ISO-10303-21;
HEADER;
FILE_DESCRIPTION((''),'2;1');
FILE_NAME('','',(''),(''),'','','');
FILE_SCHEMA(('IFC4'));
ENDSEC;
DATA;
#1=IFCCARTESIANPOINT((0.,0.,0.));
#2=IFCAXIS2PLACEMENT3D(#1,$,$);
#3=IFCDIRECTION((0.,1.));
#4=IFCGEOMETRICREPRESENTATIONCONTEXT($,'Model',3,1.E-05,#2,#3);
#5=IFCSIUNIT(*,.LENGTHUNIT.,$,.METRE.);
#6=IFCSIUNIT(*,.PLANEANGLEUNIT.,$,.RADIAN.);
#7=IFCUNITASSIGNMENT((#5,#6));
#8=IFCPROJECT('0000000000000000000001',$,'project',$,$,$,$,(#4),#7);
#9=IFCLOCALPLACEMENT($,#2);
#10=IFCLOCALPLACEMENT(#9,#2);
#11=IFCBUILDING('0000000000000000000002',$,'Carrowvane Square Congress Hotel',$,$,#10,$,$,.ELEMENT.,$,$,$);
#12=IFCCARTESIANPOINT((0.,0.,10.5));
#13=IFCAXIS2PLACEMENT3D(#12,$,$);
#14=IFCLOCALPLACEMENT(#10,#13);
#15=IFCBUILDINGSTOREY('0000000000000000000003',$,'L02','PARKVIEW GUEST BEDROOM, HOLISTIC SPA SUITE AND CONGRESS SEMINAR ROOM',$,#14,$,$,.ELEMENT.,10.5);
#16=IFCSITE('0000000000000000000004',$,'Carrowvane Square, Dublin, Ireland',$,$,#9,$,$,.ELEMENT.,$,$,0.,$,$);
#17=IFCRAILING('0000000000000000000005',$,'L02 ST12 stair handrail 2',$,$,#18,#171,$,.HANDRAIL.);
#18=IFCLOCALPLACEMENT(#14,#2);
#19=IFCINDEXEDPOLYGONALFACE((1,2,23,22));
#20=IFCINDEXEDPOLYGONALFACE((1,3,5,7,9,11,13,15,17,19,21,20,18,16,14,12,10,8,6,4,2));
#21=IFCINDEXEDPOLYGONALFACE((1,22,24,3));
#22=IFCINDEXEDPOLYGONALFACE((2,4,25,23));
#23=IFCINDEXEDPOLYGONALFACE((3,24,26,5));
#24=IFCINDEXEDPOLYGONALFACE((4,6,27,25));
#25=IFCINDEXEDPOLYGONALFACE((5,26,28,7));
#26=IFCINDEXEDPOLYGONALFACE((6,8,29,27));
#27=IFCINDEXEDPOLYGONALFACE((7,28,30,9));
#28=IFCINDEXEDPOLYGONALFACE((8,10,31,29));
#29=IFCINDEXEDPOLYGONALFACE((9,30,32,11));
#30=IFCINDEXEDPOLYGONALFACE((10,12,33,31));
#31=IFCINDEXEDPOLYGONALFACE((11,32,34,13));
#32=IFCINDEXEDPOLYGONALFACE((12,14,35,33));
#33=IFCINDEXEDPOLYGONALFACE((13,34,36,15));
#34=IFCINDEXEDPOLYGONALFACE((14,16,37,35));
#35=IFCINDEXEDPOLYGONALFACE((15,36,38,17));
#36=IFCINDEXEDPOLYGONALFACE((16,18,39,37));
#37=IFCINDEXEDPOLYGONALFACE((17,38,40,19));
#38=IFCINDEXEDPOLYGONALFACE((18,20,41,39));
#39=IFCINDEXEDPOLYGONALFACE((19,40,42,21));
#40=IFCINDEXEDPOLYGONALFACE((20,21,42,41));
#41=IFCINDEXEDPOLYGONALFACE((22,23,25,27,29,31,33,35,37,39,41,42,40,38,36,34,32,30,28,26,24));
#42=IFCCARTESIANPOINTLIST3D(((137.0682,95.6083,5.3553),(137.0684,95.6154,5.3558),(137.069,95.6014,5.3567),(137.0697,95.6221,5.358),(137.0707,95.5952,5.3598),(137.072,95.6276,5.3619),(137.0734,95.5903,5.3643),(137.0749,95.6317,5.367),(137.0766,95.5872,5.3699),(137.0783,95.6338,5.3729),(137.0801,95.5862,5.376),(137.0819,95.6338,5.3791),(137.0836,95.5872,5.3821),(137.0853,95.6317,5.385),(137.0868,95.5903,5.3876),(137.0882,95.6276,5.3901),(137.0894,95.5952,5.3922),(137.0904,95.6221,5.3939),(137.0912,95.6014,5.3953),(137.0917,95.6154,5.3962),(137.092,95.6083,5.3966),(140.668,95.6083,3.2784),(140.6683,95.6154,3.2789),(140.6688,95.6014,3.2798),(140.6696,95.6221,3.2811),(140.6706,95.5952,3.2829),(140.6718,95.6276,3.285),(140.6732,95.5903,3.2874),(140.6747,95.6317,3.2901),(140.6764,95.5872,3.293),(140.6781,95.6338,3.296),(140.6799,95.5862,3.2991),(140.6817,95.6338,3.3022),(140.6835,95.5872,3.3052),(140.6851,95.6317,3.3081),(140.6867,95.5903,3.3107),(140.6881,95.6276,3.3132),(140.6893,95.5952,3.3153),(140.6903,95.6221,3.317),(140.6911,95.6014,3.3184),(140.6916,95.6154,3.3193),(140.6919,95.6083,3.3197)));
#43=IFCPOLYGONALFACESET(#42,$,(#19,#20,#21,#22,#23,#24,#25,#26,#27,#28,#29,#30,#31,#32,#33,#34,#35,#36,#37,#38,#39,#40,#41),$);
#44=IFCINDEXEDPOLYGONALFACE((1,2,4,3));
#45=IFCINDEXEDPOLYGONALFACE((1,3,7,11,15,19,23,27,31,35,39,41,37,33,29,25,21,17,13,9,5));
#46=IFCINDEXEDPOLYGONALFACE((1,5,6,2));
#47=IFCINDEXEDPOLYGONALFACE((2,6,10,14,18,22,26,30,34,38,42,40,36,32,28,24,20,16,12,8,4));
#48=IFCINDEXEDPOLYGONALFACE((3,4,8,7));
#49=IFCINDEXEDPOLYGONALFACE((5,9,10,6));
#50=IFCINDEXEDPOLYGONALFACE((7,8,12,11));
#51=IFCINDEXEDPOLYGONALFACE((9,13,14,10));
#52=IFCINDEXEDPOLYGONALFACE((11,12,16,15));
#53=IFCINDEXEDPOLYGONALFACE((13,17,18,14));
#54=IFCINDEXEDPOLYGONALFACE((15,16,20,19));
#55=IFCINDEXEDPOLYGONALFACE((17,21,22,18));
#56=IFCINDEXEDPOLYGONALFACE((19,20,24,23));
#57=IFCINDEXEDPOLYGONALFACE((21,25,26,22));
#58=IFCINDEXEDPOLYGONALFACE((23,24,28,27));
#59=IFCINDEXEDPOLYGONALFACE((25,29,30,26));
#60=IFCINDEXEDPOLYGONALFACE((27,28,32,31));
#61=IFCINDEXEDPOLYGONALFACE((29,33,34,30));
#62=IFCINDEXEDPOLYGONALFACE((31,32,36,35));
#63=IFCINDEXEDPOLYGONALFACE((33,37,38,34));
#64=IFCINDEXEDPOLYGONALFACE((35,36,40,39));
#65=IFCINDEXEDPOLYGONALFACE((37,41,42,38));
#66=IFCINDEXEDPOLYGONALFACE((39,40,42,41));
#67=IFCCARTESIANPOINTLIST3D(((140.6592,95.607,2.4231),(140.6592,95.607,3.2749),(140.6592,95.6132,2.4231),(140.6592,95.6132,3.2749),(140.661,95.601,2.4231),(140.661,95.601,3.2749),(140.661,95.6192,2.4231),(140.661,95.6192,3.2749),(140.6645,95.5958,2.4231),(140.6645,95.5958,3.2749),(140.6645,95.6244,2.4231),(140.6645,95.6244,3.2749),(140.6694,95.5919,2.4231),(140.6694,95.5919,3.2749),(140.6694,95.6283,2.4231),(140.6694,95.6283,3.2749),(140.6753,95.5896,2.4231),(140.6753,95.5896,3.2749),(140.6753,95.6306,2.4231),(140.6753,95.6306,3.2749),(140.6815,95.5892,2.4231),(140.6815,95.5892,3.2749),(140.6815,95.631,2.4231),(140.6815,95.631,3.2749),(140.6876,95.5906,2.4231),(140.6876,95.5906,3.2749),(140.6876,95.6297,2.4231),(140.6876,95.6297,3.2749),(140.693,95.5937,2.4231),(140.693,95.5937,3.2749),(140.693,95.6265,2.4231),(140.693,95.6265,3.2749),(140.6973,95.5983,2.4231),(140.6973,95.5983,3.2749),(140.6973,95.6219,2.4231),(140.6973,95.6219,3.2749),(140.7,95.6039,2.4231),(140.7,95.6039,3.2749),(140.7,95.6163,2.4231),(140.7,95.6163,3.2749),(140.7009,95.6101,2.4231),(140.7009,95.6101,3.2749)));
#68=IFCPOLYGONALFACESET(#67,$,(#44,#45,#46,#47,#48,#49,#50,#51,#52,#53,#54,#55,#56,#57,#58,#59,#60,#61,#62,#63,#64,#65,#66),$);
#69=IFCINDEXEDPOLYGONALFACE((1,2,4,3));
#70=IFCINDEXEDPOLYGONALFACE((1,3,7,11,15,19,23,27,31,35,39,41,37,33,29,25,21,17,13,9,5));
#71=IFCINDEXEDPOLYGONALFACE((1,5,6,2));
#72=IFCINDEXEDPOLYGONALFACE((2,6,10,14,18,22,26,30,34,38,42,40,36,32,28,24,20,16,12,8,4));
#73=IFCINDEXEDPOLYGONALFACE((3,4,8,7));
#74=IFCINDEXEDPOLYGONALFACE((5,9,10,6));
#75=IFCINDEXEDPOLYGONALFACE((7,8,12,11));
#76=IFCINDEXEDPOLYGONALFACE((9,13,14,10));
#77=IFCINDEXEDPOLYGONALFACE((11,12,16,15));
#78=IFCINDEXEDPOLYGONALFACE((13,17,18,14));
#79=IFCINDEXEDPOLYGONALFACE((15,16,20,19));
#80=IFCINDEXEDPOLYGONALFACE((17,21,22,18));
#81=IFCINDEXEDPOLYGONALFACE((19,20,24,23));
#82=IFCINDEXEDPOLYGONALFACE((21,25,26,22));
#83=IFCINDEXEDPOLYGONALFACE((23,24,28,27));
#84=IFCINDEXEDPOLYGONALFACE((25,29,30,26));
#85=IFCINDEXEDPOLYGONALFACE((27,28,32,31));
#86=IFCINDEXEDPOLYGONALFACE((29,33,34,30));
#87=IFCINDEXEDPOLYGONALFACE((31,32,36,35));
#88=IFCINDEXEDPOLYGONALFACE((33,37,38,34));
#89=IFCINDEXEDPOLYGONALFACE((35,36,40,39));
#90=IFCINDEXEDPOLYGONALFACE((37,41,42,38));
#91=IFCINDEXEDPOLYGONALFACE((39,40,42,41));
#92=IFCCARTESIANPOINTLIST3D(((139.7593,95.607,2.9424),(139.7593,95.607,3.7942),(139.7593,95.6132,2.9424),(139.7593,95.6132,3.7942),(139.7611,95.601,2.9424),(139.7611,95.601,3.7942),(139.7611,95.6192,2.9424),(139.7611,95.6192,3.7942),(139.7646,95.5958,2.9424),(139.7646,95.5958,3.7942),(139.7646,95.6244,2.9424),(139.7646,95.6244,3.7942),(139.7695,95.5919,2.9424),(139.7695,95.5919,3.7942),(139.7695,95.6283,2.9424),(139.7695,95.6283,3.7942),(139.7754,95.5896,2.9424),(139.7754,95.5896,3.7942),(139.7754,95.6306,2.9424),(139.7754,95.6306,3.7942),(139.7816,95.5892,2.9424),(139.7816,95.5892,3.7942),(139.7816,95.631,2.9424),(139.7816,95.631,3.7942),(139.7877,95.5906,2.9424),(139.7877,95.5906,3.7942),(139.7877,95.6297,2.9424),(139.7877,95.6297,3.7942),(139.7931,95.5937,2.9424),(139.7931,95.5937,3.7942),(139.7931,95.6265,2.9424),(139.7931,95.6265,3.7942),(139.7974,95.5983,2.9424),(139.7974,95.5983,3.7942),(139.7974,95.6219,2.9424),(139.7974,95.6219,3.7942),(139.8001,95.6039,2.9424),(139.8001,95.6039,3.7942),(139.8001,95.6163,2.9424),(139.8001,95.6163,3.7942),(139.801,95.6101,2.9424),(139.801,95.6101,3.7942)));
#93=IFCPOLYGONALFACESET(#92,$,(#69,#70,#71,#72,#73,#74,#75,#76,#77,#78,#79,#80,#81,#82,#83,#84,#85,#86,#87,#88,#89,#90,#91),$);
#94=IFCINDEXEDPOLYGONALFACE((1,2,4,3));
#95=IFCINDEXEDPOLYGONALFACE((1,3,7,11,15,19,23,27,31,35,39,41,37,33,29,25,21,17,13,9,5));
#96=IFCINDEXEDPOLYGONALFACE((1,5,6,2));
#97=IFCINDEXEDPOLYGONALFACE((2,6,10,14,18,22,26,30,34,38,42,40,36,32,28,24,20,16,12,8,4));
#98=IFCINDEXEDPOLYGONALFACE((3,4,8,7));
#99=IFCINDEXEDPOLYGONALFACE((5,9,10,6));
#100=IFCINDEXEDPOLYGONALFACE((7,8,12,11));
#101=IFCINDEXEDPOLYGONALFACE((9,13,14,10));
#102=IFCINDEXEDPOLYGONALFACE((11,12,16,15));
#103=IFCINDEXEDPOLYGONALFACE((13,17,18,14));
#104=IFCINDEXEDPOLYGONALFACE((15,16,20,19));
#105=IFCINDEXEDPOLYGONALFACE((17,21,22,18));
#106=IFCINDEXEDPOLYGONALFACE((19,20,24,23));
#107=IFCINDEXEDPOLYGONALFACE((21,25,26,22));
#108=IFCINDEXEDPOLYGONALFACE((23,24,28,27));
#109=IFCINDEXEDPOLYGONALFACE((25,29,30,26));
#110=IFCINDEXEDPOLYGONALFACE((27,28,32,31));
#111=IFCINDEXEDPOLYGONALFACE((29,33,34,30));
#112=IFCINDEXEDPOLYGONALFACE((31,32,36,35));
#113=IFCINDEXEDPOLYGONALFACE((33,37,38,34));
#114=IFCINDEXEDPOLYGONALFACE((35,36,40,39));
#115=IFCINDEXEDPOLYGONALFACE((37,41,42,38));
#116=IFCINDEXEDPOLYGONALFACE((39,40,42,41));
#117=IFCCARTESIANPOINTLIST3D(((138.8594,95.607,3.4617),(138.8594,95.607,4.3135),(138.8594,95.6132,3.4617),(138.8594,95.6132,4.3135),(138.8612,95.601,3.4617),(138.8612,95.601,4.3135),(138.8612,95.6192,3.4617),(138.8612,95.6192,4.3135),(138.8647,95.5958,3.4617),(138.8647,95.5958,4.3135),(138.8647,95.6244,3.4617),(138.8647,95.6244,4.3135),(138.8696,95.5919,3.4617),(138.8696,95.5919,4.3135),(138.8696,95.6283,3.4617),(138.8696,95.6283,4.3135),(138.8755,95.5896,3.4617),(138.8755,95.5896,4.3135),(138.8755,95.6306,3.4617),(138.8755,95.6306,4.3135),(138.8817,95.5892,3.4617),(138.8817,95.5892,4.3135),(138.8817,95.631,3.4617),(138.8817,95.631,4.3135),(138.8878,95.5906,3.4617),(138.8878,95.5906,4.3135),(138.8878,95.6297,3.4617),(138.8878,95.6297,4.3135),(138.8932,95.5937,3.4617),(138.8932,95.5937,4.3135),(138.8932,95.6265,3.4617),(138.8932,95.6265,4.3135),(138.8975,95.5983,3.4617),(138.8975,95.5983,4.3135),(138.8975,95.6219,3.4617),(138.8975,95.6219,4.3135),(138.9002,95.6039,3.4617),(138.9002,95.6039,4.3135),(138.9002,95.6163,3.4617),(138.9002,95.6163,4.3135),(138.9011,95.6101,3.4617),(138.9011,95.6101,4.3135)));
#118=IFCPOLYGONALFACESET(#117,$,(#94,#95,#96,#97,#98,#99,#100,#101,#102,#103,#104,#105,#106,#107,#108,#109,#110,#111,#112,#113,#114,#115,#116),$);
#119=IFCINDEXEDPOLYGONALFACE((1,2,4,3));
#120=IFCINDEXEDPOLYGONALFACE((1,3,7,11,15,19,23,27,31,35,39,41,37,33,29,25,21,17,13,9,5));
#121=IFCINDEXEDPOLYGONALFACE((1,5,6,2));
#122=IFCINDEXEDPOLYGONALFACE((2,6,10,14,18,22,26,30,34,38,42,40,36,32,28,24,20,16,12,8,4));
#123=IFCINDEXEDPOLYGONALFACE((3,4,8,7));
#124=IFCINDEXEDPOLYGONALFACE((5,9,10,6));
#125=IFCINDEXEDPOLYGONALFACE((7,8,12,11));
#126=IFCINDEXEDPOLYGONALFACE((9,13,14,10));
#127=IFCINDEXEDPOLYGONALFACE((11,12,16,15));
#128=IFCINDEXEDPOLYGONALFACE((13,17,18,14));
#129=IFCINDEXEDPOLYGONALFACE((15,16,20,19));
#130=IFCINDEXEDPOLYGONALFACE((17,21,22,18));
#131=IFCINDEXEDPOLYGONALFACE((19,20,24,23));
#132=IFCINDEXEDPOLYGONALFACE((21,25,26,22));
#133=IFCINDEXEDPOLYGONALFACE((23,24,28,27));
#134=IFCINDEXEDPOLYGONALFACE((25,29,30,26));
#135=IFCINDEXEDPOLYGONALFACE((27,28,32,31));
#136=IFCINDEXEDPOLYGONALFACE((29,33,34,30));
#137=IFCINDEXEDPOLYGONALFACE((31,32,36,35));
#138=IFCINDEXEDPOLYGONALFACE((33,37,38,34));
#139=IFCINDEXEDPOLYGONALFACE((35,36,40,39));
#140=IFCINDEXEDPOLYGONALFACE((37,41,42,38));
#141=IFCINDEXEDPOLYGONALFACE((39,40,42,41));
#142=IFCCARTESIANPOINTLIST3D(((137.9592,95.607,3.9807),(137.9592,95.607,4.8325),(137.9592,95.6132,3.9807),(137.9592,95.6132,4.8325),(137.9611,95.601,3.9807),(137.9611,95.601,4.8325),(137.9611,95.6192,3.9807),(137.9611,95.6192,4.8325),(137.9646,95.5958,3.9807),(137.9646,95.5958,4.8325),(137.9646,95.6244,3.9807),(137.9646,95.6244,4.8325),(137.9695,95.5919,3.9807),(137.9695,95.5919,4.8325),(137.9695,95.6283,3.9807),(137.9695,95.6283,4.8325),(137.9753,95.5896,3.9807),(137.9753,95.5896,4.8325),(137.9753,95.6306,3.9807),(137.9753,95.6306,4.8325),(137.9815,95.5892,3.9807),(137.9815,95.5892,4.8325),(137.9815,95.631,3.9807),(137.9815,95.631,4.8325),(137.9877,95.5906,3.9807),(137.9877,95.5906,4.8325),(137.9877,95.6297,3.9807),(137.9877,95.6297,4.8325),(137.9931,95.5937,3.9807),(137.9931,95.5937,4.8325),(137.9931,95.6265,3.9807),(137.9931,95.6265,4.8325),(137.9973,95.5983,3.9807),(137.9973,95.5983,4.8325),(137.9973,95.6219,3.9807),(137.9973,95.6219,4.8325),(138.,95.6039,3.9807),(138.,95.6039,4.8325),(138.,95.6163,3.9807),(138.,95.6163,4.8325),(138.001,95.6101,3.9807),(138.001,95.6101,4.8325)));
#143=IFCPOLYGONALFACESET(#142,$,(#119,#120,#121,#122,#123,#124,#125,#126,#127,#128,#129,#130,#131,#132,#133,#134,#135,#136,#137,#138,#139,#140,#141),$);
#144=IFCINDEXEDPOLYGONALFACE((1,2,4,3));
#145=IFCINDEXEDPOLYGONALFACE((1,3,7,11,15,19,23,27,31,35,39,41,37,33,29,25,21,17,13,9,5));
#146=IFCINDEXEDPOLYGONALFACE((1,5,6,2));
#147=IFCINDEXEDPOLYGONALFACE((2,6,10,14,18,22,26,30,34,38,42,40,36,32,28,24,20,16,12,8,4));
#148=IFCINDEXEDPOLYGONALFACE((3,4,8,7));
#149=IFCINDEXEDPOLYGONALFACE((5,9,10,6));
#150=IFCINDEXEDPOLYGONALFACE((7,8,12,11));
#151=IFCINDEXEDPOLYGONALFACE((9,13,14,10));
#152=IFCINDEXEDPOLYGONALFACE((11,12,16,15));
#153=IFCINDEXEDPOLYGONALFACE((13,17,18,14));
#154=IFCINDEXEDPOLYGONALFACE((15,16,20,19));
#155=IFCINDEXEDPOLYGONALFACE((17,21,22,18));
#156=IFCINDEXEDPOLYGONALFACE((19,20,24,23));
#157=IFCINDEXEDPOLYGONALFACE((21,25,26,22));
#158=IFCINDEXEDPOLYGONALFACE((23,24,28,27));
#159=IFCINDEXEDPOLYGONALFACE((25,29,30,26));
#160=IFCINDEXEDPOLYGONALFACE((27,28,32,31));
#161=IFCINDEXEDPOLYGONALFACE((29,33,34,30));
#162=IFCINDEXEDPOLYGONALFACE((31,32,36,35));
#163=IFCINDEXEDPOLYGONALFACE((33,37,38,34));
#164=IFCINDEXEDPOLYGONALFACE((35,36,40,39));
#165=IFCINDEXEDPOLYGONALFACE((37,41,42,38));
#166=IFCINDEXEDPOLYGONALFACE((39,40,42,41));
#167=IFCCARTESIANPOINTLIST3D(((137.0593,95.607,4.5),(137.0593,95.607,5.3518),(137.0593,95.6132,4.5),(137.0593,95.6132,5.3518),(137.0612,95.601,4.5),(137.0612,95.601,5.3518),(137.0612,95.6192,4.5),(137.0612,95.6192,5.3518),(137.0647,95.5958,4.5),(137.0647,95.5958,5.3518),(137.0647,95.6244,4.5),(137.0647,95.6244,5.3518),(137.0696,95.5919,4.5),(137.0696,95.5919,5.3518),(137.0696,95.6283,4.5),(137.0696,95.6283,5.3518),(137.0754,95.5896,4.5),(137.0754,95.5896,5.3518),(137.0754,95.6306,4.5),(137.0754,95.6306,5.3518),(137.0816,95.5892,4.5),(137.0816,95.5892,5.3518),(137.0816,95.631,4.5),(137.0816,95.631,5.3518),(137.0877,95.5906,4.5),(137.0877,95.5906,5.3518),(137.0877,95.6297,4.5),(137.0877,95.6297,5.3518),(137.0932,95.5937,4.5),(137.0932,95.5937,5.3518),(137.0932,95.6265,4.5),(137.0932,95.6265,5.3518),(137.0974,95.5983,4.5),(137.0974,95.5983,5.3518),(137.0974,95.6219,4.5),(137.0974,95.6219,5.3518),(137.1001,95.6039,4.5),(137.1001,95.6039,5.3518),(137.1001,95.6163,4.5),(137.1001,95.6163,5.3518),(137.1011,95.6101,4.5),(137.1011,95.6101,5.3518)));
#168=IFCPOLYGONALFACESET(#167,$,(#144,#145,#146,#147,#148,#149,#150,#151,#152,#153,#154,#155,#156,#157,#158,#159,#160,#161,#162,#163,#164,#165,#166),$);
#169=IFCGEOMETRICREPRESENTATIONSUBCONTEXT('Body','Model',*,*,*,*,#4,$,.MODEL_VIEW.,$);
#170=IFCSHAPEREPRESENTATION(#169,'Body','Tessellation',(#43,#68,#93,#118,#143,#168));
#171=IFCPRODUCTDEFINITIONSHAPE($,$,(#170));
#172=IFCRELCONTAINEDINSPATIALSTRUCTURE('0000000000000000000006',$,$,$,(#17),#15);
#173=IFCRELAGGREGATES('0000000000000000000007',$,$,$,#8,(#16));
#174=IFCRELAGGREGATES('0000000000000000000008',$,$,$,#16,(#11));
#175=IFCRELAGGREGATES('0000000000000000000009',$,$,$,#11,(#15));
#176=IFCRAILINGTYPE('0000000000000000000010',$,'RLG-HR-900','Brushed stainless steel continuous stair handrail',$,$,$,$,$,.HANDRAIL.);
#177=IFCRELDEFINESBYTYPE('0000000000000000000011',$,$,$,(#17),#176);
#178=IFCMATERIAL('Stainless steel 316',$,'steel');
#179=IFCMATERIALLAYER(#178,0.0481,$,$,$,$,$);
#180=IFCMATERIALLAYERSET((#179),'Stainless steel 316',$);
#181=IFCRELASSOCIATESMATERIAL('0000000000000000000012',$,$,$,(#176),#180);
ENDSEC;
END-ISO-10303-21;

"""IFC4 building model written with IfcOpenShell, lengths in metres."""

from ifc_helpers import new_model, si_unit, direction, frame, origin, origin_2d, place, context, subcontext, project, spatial, circle, extrude, material, layer, layer_set, type_object, element, save


model = new_model("IFC4")

# Units and contexts
model_context = context("Model", 3, precision=1e-05, world=origin(), true_north=direction((0.0, 1.0)))
body_context = subcontext(model_context, "Body", "Model", "MODEL_VIEW")
ifc_project = project(units=[si_unit("LENGTHUNIT", "METRE"), si_unit("PLANEANGLEUNIT", "RADIAN")], contexts=[model_context])

# Site, building, storey
site_placement = place(None, origin())
site = spatial("IfcSite", under=ifc_project, at=site_placement, Name="Carrowvane Square, Dublin, Ireland", CompositionType="ELEMENT", RefElevation=0.0)
building_placement = place(site_placement, origin())
building = spatial("IfcBuilding", under=site, at=building_placement, Name="Carrowvane Square Congress Hotel", CompositionType="ELEMENT")
storey_placement = place(building_placement, frame((0.0, 0.0, 10.5)))
storey = spatial("IfcBuildingStorey", under=building, at=storey_placement, Name="L02", Description="PARKVIEW GUEST BEDROOM, HOLISTIC SPA SUITE AND CONGRESS SEMINAR ROOM", CompositionType="ELEMENT", Elevation=10.5)

# Railing
ifc_material_1 = material(Name="Stainless steel 316", Category="steel")
ifc_layer_1 = layer(ifc_material_1, 0.0481)
ifc_layer_set_1 = layer_set([ifc_layer_1], Name="Stainless steel 316")
railing_type_1 = type_object("IfcRailingType", Name="RLG-HR-900", Description="Brushed stainless steel continuous stair handrail", PredefinedType="HANDRAIL", material=ifc_layer_set_1)
railing_1_placement = place(storey_placement, frame((140.6799, 95.6101, 2.4231)))
element("IfcRailing", 1, at=railing_1_placement, inside=storey, type_object=railing_type_1, Name="L02 ST12 stair handrail 2", PredefinedType="HANDRAIL", context=body_context, shape_type="SweptSolid", body=[
    extrude(circle(Radius=0.0239, at=origin_2d()), frame((0.0, 0.0, 0.876), z_axis=(-0.866179, 0.0, 0.499734), x_axis=(0.0, -1.0, 0.0)), (0.0, 0.0, 1.0), 4.156),
    extrude(circle(Radius=0.021, at=origin_2d()), origin(), (0.0, 0.0, 1.0), 0.8518),
    extrude(circle(Radius=0.021, at=origin_2d()), frame((-0.8999, 0.0, 0.5193)), (0.0, 0.0, 1.0), 0.8518),
    extrude(circle(Radius=0.021, at=origin_2d()), frame((-1.7998, 0.0, 1.0386)), (0.0, 0.0, 1.0), 0.8518),
    extrude(circle(Radius=0.021, at=origin_2d()), frame((-2.7, 0.0, 1.5576)), (0.0, 0.0, 1.0), 0.8518),
    extrude(circle(Radius=0.021, at=origin_2d()), frame((-3.5999, 0.0, 2.0769)), (0.0, 0.0, 1.0), 0.8518),
])

save(model, "model.ifc")
